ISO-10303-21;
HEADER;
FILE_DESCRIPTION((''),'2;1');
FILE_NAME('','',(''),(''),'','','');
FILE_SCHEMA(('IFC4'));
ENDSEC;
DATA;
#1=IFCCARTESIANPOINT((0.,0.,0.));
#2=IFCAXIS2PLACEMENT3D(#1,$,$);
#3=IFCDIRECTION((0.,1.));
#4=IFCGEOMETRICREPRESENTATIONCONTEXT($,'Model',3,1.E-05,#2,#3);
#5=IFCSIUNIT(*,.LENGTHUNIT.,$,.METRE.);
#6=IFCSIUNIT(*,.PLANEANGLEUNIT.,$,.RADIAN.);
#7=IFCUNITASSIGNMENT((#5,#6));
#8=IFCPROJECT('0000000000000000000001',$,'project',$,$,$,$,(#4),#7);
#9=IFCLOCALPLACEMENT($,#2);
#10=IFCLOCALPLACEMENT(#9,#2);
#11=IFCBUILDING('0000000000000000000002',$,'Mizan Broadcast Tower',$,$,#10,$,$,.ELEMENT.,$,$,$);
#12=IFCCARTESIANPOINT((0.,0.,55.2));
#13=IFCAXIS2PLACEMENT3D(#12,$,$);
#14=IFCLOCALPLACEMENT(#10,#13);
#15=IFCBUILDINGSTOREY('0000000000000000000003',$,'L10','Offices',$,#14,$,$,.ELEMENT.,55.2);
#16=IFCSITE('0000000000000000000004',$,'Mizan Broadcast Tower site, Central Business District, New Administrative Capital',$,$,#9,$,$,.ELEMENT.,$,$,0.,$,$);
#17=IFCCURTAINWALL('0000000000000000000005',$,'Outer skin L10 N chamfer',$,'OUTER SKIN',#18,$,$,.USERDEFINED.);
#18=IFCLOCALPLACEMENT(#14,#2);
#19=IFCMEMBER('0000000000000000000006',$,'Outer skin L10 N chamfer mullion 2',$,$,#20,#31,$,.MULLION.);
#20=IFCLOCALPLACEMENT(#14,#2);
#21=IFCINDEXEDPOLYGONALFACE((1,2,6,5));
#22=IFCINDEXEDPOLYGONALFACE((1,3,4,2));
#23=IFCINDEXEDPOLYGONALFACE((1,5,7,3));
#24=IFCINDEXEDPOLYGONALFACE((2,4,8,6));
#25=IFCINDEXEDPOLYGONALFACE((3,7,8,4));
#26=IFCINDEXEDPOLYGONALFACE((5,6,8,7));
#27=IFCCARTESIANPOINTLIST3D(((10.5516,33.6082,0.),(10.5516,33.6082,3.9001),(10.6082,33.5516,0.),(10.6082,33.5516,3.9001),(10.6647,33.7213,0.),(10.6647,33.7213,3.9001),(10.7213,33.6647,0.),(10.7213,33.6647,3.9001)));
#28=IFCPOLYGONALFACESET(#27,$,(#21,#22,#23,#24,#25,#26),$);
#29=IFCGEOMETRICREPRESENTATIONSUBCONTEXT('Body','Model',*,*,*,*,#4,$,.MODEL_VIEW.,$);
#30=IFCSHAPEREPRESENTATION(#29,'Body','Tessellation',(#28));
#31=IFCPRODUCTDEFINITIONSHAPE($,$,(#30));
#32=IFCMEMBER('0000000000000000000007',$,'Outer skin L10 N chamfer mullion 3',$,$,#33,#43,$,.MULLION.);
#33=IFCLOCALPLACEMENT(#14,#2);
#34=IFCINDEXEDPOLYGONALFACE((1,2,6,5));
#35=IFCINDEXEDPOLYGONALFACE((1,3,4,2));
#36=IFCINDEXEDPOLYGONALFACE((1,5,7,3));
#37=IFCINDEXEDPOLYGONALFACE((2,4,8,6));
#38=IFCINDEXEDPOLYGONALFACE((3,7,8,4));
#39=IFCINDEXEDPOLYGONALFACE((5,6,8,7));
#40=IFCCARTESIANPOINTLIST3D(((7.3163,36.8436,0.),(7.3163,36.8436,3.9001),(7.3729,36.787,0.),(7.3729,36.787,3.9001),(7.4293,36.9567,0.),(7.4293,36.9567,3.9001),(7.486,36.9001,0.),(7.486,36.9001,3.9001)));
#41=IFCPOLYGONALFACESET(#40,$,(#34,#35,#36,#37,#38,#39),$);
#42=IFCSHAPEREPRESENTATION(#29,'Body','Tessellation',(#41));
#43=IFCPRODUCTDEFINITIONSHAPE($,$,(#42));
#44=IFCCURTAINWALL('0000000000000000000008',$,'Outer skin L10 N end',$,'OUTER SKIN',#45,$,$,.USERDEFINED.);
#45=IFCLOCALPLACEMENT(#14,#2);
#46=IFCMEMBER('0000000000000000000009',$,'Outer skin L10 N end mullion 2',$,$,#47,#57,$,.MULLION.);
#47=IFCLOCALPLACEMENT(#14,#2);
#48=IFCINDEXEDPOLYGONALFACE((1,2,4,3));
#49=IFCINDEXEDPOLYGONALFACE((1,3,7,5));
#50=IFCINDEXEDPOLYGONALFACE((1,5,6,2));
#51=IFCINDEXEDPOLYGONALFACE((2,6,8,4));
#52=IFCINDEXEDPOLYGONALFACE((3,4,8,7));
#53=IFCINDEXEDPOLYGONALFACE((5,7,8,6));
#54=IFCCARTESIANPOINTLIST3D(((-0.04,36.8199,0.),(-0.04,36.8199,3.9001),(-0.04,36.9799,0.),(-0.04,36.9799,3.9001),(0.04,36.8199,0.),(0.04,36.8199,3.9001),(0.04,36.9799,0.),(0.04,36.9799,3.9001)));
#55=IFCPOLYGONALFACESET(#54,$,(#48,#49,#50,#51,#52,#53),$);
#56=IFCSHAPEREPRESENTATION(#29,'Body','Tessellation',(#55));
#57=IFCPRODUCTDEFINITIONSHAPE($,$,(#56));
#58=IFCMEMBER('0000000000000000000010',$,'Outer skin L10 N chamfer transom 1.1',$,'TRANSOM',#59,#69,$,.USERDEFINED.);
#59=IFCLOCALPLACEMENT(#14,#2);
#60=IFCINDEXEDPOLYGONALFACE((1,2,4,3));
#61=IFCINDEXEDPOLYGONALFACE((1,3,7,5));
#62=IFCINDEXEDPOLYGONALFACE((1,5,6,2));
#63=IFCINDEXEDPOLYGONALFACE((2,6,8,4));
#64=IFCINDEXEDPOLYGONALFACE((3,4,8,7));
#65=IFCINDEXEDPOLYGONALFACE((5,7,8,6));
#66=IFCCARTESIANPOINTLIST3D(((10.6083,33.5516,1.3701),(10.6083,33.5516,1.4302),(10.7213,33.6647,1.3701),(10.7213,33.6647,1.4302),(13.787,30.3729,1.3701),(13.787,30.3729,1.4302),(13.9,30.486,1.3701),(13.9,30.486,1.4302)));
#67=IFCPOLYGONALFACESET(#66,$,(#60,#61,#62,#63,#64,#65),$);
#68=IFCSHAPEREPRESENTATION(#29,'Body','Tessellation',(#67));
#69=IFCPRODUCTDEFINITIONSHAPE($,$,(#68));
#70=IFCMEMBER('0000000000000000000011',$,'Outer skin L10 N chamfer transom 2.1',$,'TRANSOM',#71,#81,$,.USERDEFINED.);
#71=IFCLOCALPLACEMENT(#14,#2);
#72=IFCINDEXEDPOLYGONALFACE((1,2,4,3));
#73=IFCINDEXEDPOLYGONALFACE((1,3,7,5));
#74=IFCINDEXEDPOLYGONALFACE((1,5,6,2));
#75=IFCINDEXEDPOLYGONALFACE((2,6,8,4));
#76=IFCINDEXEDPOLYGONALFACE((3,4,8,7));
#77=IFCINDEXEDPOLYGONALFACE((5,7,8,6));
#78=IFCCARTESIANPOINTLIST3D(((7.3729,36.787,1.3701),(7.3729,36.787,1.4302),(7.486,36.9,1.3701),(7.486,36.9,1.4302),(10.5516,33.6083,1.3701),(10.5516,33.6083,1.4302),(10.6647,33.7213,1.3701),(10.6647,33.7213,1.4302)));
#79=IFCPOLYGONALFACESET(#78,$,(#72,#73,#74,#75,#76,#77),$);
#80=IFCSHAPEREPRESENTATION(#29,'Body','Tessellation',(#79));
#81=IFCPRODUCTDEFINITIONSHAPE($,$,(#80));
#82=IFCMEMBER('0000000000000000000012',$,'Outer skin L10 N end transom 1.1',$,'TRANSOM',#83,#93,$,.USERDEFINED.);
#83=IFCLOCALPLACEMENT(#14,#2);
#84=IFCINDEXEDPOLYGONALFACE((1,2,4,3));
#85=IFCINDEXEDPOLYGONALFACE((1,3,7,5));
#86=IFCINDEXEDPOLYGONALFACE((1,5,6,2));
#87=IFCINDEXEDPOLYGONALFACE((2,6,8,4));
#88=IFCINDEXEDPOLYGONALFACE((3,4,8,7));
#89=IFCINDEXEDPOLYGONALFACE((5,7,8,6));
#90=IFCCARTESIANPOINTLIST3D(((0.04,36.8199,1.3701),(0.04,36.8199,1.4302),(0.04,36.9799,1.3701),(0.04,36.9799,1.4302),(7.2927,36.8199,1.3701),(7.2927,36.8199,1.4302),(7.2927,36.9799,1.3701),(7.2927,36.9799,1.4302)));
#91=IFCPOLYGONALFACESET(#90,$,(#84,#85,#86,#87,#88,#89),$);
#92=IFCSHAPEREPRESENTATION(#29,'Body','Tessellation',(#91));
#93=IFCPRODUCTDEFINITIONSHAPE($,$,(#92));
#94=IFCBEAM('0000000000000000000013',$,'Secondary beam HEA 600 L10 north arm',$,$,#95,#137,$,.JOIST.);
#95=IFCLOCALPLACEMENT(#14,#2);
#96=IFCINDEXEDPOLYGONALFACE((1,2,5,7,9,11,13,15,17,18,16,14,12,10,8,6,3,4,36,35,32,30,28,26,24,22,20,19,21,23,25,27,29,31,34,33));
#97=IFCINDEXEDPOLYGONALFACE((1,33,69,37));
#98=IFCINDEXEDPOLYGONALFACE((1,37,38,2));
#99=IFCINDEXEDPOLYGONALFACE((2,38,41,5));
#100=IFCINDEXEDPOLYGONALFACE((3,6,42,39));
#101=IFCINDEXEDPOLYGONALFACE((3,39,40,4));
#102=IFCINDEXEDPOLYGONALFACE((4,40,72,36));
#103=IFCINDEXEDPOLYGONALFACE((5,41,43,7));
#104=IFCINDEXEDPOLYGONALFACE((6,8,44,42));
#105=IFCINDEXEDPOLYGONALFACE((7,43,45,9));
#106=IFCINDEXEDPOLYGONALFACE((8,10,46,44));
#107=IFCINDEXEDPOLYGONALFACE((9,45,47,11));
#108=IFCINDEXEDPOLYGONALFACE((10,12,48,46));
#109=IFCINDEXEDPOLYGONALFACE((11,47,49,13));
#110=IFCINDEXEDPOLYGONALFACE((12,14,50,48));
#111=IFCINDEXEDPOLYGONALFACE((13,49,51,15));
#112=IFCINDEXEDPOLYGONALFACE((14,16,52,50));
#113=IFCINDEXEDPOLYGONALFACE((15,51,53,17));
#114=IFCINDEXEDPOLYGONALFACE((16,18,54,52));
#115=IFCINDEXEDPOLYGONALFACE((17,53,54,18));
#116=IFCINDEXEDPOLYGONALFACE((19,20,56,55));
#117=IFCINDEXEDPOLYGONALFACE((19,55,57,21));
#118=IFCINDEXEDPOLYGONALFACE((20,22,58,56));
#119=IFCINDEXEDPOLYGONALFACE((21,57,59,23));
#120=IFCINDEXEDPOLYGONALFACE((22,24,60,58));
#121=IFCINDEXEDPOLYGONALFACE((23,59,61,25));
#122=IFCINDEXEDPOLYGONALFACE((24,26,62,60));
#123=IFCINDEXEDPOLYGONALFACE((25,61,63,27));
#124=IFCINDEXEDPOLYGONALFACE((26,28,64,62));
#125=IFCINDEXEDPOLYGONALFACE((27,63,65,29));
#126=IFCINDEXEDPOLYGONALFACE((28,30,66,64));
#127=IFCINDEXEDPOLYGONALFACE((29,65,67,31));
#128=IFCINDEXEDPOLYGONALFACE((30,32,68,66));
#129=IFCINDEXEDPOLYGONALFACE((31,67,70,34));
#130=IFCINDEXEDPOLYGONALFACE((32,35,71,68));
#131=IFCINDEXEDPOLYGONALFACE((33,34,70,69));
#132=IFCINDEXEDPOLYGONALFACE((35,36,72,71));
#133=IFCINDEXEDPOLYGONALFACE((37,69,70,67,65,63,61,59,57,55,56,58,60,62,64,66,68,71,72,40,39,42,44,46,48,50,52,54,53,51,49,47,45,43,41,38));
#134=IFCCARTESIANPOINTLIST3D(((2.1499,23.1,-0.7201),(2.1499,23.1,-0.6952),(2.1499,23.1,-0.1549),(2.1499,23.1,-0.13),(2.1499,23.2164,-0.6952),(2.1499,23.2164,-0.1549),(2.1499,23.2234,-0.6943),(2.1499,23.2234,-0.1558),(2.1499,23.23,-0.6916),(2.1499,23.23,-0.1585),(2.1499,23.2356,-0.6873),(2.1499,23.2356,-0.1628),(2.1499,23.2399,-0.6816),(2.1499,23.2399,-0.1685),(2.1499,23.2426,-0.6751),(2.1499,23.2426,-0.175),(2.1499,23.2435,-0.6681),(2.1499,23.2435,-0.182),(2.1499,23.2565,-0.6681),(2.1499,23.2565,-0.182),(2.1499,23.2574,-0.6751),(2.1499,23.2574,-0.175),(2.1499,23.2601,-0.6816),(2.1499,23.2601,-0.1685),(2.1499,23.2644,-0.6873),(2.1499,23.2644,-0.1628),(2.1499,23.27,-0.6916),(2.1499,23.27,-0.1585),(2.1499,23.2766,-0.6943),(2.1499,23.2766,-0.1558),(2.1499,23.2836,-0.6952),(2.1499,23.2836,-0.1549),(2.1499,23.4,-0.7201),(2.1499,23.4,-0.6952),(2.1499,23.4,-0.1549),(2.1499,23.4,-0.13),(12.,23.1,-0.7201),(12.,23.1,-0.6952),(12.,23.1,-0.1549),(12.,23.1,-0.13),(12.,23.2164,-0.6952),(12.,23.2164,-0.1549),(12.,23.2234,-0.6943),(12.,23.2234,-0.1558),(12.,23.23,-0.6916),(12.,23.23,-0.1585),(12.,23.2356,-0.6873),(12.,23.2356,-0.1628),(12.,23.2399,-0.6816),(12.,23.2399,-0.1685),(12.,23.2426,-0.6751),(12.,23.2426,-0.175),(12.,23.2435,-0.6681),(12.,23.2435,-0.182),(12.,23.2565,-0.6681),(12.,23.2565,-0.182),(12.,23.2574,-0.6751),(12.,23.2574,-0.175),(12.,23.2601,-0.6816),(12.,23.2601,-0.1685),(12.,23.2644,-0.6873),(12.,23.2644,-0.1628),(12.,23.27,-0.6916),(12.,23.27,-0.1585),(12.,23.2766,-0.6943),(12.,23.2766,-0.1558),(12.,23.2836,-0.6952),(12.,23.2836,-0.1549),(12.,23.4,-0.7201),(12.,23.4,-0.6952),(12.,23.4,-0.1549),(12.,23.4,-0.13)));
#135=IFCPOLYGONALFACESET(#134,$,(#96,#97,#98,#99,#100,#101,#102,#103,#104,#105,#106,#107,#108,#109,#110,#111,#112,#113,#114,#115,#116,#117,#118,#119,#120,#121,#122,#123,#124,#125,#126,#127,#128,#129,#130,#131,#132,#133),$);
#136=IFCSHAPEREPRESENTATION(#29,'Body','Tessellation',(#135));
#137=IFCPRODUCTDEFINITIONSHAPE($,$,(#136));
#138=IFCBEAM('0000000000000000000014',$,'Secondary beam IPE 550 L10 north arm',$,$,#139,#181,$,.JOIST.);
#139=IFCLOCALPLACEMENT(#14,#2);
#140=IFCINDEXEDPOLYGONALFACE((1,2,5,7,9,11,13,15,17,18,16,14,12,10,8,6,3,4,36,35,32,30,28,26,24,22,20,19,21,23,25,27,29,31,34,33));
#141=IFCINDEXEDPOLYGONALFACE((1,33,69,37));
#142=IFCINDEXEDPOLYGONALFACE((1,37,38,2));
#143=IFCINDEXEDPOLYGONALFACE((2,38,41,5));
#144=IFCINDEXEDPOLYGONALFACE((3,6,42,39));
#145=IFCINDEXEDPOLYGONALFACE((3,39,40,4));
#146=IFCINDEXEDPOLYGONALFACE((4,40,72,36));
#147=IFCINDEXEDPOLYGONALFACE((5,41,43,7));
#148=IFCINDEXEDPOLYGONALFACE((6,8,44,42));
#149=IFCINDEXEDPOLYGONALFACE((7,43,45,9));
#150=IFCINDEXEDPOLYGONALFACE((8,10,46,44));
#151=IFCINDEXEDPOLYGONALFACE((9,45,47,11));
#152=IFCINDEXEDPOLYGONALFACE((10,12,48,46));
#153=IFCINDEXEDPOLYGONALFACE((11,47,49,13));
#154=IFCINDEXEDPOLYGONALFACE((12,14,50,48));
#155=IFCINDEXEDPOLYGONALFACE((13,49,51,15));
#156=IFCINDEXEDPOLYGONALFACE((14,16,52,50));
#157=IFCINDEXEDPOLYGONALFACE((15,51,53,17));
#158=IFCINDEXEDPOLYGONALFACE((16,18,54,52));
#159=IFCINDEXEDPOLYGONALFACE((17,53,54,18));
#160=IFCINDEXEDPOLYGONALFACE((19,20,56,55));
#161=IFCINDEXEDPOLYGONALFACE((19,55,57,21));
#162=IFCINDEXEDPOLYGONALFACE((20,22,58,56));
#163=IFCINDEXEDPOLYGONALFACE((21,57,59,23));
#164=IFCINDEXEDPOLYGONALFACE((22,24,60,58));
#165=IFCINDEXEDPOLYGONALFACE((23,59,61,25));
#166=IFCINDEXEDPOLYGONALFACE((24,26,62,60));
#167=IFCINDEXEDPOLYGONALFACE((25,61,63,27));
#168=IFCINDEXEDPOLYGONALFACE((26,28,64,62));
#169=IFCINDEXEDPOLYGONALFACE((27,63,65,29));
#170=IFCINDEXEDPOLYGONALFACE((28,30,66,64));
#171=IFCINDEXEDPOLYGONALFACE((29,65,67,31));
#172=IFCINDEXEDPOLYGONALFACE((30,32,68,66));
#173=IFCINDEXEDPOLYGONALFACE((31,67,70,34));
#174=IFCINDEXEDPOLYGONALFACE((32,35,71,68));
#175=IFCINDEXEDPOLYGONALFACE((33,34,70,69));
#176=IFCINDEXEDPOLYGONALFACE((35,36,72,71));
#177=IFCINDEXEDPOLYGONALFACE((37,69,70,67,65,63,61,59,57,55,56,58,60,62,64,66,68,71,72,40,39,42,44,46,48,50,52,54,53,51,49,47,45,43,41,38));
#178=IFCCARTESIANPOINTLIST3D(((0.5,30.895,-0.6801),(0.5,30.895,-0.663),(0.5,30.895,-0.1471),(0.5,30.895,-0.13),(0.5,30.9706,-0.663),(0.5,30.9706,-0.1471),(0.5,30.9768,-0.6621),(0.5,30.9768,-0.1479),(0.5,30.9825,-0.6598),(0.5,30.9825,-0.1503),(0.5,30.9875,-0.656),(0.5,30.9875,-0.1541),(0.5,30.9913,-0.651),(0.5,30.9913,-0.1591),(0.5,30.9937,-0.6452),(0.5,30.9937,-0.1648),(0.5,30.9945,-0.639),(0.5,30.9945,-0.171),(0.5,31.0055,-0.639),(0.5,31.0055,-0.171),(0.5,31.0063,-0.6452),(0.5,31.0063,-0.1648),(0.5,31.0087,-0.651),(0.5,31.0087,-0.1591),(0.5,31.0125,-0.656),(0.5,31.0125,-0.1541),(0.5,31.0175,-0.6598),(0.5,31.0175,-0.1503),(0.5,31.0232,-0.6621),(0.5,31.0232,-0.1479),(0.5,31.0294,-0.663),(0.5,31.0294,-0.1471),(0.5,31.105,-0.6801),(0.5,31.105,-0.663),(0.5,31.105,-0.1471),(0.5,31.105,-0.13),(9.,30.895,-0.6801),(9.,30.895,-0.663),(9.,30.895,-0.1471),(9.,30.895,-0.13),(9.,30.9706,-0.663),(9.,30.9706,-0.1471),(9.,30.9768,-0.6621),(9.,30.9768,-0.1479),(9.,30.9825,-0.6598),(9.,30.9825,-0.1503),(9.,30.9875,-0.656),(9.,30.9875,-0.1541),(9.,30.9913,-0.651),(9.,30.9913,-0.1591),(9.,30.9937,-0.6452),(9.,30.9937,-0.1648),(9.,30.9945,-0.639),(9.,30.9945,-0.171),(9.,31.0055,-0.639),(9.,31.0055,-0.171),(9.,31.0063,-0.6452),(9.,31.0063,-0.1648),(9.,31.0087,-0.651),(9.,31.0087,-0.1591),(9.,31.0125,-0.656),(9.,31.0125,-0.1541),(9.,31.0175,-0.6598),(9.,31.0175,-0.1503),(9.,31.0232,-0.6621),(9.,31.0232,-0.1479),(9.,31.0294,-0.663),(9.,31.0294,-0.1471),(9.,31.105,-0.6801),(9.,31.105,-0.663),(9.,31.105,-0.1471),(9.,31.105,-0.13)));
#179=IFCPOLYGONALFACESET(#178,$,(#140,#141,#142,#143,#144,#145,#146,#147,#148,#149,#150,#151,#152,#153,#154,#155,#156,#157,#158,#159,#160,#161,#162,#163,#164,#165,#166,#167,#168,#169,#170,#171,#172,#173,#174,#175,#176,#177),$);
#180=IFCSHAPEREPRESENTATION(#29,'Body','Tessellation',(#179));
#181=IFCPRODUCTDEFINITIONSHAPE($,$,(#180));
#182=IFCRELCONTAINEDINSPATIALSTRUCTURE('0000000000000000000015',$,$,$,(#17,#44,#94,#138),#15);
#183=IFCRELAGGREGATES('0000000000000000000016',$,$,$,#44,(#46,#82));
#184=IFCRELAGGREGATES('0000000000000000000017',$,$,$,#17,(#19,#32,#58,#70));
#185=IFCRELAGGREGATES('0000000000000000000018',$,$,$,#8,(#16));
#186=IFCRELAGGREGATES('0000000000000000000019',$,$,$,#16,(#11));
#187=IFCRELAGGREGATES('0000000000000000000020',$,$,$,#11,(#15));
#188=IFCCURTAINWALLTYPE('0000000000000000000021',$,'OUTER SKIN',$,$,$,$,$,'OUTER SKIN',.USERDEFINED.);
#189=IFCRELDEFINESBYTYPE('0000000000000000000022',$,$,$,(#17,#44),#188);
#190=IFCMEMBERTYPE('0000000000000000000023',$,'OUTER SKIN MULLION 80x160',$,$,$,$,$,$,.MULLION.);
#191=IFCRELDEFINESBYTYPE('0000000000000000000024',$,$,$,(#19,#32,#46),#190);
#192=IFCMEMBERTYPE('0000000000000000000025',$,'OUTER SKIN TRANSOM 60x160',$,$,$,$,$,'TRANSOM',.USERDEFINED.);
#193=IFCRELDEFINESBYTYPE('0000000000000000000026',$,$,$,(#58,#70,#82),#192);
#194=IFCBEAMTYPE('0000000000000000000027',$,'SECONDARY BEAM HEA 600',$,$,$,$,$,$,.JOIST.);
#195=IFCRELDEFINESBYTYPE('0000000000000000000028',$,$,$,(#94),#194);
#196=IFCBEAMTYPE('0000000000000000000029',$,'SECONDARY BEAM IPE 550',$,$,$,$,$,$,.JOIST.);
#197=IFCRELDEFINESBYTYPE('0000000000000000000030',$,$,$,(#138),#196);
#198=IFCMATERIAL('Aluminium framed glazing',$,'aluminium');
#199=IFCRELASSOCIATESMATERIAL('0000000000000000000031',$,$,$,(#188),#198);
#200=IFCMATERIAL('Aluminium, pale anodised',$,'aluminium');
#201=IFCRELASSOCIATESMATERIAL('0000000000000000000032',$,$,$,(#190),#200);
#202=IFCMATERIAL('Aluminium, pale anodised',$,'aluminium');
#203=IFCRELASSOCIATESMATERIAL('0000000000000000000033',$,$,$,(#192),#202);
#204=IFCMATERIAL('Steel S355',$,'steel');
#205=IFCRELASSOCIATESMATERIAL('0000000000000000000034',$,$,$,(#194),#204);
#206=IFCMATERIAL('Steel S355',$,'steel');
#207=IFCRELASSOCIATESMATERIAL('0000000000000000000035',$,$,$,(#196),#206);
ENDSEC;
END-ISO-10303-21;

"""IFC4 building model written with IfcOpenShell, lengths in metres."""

from ifc_helpers import new_model, si_unit, direction, frame, origin, origin_2d, place, context, subcontext, project, spatial, rectangle, i_section, extrude, material, material_profile, profile_set, type_object, element, aggregate, save


model = new_model("IFC4")

# Units and contexts
model_context = context("Model", 3, precision=1e-05, world=origin(), true_north=direction((0.0, 1.0)))
body_context = subcontext(model_context, "Body", "Model", "MODEL_VIEW")
ifc_project = project(units=[si_unit("LENGTHUNIT", "METRE"), si_unit("PLANEANGLEUNIT", "RADIAN")], contexts=[model_context])

# Site, building, storey
site_placement = place(None, origin())
site = spatial("IfcSite", under=ifc_project, at=site_placement, Name="Mizan Broadcast Tower site, Central Business District, New Administrative Capital", CompositionType="ELEMENT", RefElevation=0.0)
building_placement = place(site_placement, origin())
building = spatial("IfcBuilding", under=site, at=building_placement, Name="Mizan Broadcast Tower", CompositionType="ELEMENT")
storey_placement = place(building_placement, frame((0.0, 0.0, 55.2)))
storey = spatial("IfcBuildingStorey", under=building, at=storey_placement, Name="L10", Description="Offices", CompositionType="ELEMENT", Elevation=55.2)

# Curtain wall, members
ifc_material_1 = material(Name="Aluminium framed glazing", Category="aluminium")
curtain_wall_type_1 = type_object("IfcCurtainWallType", Name="OUTER SKIN", ElementType="OUTER SKIN", PredefinedType="USERDEFINED", material=ifc_material_1)
curtain_wall_1_placement = place(storey_placement, origin())
curtain_wall_1 = element("IfcCurtainWall", 1, at=curtain_wall_1_placement, inside=storey, type_object=curtain_wall_type_1, Name="Outer skin L10 N chamfer", ObjectType="OUTER SKIN", PredefinedType="USERDEFINED")
ifc_material_2 = material(Name="Aluminium, pale anodised", Category="aluminium")
ifc_material_profile_1 = material_profile(ifc_material_2, rectangle(XDim=0.1599, YDim=0.0801, at=origin_2d()), Name="MULLION 160x80")
ifc_profile_set_1 = profile_set([ifc_material_profile_1], Name="Aluminium, pale anodised")
member_type_1 = type_object("IfcMemberType", Name="OUTER SKIN MULLION 80x160", PredefinedType="MULLION", material=ifc_profile_set_1)
member_1_placement = place(storey_placement, frame((10.6365, 33.6365, 0.0), z_axis=(0.0, 0.0, 1.0), x_axis=(-0.707107, -0.707107, 0.0)))
member_1 = element("IfcMember", 2, at=member_1_placement, type_object=member_type_1, Name="Outer skin L10 N chamfer mullion 2", PredefinedType="MULLION", context=body_context, shape_type="SweptSolid", body=[
    extrude(rectangle(XDim=0.1599, YDim=0.0801, at=origin_2d()), origin(), (0.0, 0.0, 1.0), 3.9001),
])
member_2_placement = place(storey_placement, frame((7.4011, 36.8718, 0.0), z_axis=(0.0, 0.0, 1.0), x_axis=(-0.707107, -0.707107, 0.0)))
member_2 = element("IfcMember", 3, at=member_2_placement, type_object=member_type_1, Name="Outer skin L10 N chamfer mullion 3", PredefinedType="MULLION", context=body_context, shape_type="SweptSolid", body=[
    extrude(rectangle(XDim=0.1599, YDim=0.0801, at=origin_2d()), origin(), (0.0, 0.0, 1.0), 3.9001),
])

# Curtain wall, member
curtain_wall_2_placement = place(storey_placement, origin())
curtain_wall_2 = element("IfcCurtainWall", 4, at=curtain_wall_2_placement, inside=storey, type_object=curtain_wall_type_1, Name="Outer skin L10 N end", ObjectType="OUTER SKIN", PredefinedType="USERDEFINED")
member_3_placement = place(storey_placement, frame((0.0, 36.8999, 0.0), z_axis=(0.0, 0.0, 1.0), x_axis=(0.0, -1.0, 0.0)))
member_3 = element("IfcMember", 5, at=member_3_placement, type_object=member_type_1, Name="Outer skin L10 N end mullion 2", PredefinedType="MULLION", context=body_context, shape_type="SweptSolid", body=[
    extrude(rectangle(XDim=0.1599, YDim=0.0801, at=origin_2d()), origin(), (0.0, 0.0, 1.0), 3.9001),
])

# Members
ifc_material_3 = material(Name="Aluminium, pale anodised", Category="aluminium")
ifc_material_profile_2 = material_profile(ifc_material_3, rectangle(XDim=0.1599, YDim=0.0601, at=origin_2d()), Name="TRANSOM 160x60")
ifc_profile_set_2 = profile_set([ifc_material_profile_2], Name="Aluminium, pale anodised")
member_type_2 = type_object("IfcMemberType", Name="OUTER SKIN TRANSOM 60x160", ElementType="TRANSOM", PredefinedType="USERDEFINED", material=ifc_profile_set_2)
member_4_placement = place(storey_placement, frame((13.8435, 30.4294, 1.4001), z_axis=(-0.707107, 0.707107, 0.0), x_axis=(-0.707107, -0.707107, 0.0)))
member_4 = element("IfcMember", 6, at=member_4_placement, type_object=member_type_2, Name="Outer skin L10 N chamfer transom 1.1", ObjectType="TRANSOM", PredefinedType="USERDEFINED", context=body_context, shape_type="SweptSolid", body=[
    extrude(rectangle(XDim=0.1599, YDim=0.0601, at=origin_2d()), origin(), (0.0, 0.0, 1.0), 4.4954),
])
member_5_placement = place(storey_placement, frame((10.6082, 33.6648, 1.4001), z_axis=(-0.707107, 0.707107, 0.0), x_axis=(-0.707107, -0.707107, 0.0)))
member_5 = element("IfcMember", 7, at=member_5_placement, type_object=member_type_2, Name="Outer skin L10 N chamfer transom 2.1", ObjectType="TRANSOM", PredefinedType="USERDEFINED", context=body_context, shape_type="SweptSolid", body=[
    extrude(rectangle(XDim=0.1599, YDim=0.0601, at=origin_2d()), origin(), (0.0, 0.0, 1.0), 4.4954),
])
member_6_placement = place(storey_placement, frame((7.2927, 36.8999, 1.4001), z_axis=(-1.0, 0.0, 0.0), x_axis=(0.0, -1.0, 0.0)))
member_6 = element("IfcMember", 8, at=member_6_placement, type_object=member_type_2, Name="Outer skin L10 N end transom 1.1", ObjectType="TRANSOM", PredefinedType="USERDEFINED", context=body_context, shape_type="SweptSolid", body=[
    extrude(rectangle(XDim=0.1599, YDim=0.0601, at=origin_2d()), origin(), (0.0, 0.0, 1.0), 7.2527),
])

# Beams
ifc_material_4 = material(Name="Steel S355", Category="steel")
ifc_material_profile_3 = material_profile(ifc_material_4, i_section(OverallWidth=0.3, OverallDepth=0.5901, WebThickness=0.0129, FlangeThickness=0.0249, FilletRadius=0.0271, at=origin_2d()), Name="HEA 600")
ifc_profile_set_3 = profile_set([ifc_material_profile_3], Name="Steel S355")
beam_type_1 = type_object("IfcBeamType", Name="SECONDARY BEAM HEA 600", PredefinedType="JOIST", material=ifc_profile_set_3)
beam_1_placement = place(storey_placement, frame((12.0, 23.25, -0.425), z_axis=(-1.0, 0.0, 0.0), x_axis=(0.0, -1.0, 0.0)))
element("IfcBeam", 9, at=beam_1_placement, inside=storey, type_object=beam_type_1, Name="Secondary beam HEA 600 L10 north arm", PredefinedType="JOIST", context=body_context, shape_type="SweptSolid", body=[
    extrude(i_section(OverallWidth=0.3, OverallDepth=0.5901, WebThickness=0.0129, FlangeThickness=0.0249, FilletRadius=0.0271, at=origin_2d()), origin(), (0.0, 0.0, 1.0), 9.8501),
])
ifc_material_5 = material(Name="Steel S355", Category="steel")
ifc_material_profile_4 = material_profile(ifc_material_5, i_section(OverallWidth=0.21, OverallDepth=0.55, WebThickness=0.011, FlangeThickness=0.0171, FilletRadius=0.0239, at=origin_2d()), Name="IPE 550")
ifc_profile_set_4 = profile_set([ifc_material_profile_4], Name="Steel S355")
beam_type_2 = type_object("IfcBeamType", Name="SECONDARY BEAM IPE 550", PredefinedType="JOIST", material=ifc_profile_set_4)
beam_2_placement = place(storey_placement, frame((9.0, 31.0, -0.405), z_axis=(-1.0, 0.0, 0.0), x_axis=(0.0, -1.0, 0.0)))
element("IfcBeam", 10, at=beam_2_placement, inside=storey, type_object=beam_type_2, Name="Secondary beam IPE 550 L10 north arm", PredefinedType="JOIST", context=body_context, shape_type="SweptSolid", body=[
    extrude(i_section(OverallWidth=0.21, OverallDepth=0.55, WebThickness=0.011, FlangeThickness=0.0171, FilletRadius=0.0239, at=origin_2d()), origin(), (0.0, 0.0, 1.0), 8.5),
])

aggregate(curtain_wall_2, [member_3, member_6])
aggregate(curtain_wall_1, [member_1, member_2, member_4, member_5])

save(model, "model.ifc")
